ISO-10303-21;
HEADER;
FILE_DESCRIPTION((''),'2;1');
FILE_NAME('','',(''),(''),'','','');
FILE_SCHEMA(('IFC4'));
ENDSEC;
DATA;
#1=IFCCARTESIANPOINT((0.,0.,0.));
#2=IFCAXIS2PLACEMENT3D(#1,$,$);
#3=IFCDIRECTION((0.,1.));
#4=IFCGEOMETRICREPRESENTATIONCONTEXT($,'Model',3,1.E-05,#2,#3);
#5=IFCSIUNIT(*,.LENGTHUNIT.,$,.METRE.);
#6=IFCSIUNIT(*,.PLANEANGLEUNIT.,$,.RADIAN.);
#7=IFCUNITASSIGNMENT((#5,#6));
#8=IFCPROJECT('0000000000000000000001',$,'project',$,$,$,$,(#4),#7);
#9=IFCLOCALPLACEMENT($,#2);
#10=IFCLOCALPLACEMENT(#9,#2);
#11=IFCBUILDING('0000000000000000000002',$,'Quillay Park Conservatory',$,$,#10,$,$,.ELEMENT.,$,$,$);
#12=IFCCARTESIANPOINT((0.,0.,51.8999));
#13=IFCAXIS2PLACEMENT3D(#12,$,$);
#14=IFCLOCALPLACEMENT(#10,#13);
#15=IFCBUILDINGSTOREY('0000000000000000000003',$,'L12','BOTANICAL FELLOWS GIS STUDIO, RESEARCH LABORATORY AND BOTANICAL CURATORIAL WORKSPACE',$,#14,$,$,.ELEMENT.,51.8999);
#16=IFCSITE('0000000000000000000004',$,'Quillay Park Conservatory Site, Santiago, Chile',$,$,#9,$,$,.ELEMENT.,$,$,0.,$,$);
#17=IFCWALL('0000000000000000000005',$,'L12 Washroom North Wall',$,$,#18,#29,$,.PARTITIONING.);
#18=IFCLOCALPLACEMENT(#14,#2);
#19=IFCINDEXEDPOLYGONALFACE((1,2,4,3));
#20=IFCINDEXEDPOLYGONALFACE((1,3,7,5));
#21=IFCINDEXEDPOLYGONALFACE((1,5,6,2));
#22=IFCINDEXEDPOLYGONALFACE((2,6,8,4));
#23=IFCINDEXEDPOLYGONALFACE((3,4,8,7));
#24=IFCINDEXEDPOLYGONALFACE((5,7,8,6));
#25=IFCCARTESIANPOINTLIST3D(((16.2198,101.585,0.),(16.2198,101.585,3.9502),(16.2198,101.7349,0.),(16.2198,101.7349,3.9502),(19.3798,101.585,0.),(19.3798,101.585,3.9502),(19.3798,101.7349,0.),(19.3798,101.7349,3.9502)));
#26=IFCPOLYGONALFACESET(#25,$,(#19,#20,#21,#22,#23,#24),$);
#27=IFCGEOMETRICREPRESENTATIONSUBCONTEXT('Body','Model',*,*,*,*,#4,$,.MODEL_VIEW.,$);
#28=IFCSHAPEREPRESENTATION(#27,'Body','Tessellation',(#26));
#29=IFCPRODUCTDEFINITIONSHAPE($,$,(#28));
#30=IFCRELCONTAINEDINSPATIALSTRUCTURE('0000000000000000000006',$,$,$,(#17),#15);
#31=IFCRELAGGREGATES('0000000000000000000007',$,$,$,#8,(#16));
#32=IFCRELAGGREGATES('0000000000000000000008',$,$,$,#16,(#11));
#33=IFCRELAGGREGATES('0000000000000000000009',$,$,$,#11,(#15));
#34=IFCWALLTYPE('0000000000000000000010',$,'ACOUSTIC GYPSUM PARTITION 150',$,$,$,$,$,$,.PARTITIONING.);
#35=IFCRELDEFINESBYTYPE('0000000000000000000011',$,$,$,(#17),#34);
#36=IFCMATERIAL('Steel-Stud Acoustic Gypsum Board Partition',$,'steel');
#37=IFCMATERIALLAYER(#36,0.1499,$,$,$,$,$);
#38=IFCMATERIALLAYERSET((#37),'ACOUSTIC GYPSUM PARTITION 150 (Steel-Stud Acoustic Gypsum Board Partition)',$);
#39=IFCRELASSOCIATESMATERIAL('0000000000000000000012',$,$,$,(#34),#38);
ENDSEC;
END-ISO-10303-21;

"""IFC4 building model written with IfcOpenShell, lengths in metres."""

from ifc_helpers import new_model, si_unit, direction, frame, frame_2d, origin, place, context, subcontext, project, spatial, rectangle, extrude, material, layer, layer_set, type_object, element, save


model = new_model("IFC4")

# Units and contexts
model_context = context("Model", 3, precision=1e-05, world=origin(), true_north=direction((0.0, 1.0)))
body_context = subcontext(model_context, "Body", "Model", "MODEL_VIEW")
ifc_project = project(units=[si_unit("LENGTHUNIT", "METRE"), si_unit("PLANEANGLEUNIT", "RADIAN")], contexts=[model_context])

# Site, building, storey
site_placement = place(None, origin())
site = spatial("IfcSite", under=ifc_project, at=site_placement, Name="Quillay Park Conservatory Site, Santiago, Chile", CompositionType="ELEMENT", RefElevation=0.0)
building_placement = place(site_placement, origin())
building = spatial("IfcBuilding", under=site, at=building_placement, Name="Quillay Park Conservatory", CompositionType="ELEMENT")
storey_placement = place(building_placement, frame((0.0, 0.0, 51.8999)))
storey = spatial("IfcBuildingStorey", under=building, at=storey_placement, Name="L12", Description="BOTANICAL FELLOWS GIS STUDIO, RESEARCH LABORATORY AND BOTANICAL CURATORIAL WORKSPACE", CompositionType="ELEMENT", Elevation=51.8999)

# Wall
ifc_material_1 = material(Name="Steel-Stud Acoustic Gypsum Board Partition", Category="steel")
ifc_layer_1 = layer(ifc_material_1, 0.1499)
ifc_layer_set_1 = layer_set([ifc_layer_1], Name="ACOUSTIC GYPSUM PARTITION 150 (Steel-Stud Acoustic Gypsum Board Partition)")
wall_type_1 = type_object("IfcWallType", Name="ACOUSTIC GYPSUM PARTITION 150", PredefinedType="PARTITIONING", material=ifc_layer_set_1)
wall_1_placement = place(storey_placement, frame((19.3799, 101.6599, 0.0), z_axis=(0.0, 0.0, 1.0), x_axis=(-1.0, 0.0, 0.0)))
element("IfcWall", 1, at=wall_1_placement, inside=storey, type_object=wall_type_1, Name="L12 Washroom North Wall", PredefinedType="PARTITIONING", context=body_context, shape_type="SweptSolid", body=[
    extrude(rectangle(XDim=3.1599, YDim=0.1499, at=frame_2d((1.5801, 0.0))), origin(), (0.0, 0.0, 1.0), 3.9502),
])

save(model, "model.ifc")
